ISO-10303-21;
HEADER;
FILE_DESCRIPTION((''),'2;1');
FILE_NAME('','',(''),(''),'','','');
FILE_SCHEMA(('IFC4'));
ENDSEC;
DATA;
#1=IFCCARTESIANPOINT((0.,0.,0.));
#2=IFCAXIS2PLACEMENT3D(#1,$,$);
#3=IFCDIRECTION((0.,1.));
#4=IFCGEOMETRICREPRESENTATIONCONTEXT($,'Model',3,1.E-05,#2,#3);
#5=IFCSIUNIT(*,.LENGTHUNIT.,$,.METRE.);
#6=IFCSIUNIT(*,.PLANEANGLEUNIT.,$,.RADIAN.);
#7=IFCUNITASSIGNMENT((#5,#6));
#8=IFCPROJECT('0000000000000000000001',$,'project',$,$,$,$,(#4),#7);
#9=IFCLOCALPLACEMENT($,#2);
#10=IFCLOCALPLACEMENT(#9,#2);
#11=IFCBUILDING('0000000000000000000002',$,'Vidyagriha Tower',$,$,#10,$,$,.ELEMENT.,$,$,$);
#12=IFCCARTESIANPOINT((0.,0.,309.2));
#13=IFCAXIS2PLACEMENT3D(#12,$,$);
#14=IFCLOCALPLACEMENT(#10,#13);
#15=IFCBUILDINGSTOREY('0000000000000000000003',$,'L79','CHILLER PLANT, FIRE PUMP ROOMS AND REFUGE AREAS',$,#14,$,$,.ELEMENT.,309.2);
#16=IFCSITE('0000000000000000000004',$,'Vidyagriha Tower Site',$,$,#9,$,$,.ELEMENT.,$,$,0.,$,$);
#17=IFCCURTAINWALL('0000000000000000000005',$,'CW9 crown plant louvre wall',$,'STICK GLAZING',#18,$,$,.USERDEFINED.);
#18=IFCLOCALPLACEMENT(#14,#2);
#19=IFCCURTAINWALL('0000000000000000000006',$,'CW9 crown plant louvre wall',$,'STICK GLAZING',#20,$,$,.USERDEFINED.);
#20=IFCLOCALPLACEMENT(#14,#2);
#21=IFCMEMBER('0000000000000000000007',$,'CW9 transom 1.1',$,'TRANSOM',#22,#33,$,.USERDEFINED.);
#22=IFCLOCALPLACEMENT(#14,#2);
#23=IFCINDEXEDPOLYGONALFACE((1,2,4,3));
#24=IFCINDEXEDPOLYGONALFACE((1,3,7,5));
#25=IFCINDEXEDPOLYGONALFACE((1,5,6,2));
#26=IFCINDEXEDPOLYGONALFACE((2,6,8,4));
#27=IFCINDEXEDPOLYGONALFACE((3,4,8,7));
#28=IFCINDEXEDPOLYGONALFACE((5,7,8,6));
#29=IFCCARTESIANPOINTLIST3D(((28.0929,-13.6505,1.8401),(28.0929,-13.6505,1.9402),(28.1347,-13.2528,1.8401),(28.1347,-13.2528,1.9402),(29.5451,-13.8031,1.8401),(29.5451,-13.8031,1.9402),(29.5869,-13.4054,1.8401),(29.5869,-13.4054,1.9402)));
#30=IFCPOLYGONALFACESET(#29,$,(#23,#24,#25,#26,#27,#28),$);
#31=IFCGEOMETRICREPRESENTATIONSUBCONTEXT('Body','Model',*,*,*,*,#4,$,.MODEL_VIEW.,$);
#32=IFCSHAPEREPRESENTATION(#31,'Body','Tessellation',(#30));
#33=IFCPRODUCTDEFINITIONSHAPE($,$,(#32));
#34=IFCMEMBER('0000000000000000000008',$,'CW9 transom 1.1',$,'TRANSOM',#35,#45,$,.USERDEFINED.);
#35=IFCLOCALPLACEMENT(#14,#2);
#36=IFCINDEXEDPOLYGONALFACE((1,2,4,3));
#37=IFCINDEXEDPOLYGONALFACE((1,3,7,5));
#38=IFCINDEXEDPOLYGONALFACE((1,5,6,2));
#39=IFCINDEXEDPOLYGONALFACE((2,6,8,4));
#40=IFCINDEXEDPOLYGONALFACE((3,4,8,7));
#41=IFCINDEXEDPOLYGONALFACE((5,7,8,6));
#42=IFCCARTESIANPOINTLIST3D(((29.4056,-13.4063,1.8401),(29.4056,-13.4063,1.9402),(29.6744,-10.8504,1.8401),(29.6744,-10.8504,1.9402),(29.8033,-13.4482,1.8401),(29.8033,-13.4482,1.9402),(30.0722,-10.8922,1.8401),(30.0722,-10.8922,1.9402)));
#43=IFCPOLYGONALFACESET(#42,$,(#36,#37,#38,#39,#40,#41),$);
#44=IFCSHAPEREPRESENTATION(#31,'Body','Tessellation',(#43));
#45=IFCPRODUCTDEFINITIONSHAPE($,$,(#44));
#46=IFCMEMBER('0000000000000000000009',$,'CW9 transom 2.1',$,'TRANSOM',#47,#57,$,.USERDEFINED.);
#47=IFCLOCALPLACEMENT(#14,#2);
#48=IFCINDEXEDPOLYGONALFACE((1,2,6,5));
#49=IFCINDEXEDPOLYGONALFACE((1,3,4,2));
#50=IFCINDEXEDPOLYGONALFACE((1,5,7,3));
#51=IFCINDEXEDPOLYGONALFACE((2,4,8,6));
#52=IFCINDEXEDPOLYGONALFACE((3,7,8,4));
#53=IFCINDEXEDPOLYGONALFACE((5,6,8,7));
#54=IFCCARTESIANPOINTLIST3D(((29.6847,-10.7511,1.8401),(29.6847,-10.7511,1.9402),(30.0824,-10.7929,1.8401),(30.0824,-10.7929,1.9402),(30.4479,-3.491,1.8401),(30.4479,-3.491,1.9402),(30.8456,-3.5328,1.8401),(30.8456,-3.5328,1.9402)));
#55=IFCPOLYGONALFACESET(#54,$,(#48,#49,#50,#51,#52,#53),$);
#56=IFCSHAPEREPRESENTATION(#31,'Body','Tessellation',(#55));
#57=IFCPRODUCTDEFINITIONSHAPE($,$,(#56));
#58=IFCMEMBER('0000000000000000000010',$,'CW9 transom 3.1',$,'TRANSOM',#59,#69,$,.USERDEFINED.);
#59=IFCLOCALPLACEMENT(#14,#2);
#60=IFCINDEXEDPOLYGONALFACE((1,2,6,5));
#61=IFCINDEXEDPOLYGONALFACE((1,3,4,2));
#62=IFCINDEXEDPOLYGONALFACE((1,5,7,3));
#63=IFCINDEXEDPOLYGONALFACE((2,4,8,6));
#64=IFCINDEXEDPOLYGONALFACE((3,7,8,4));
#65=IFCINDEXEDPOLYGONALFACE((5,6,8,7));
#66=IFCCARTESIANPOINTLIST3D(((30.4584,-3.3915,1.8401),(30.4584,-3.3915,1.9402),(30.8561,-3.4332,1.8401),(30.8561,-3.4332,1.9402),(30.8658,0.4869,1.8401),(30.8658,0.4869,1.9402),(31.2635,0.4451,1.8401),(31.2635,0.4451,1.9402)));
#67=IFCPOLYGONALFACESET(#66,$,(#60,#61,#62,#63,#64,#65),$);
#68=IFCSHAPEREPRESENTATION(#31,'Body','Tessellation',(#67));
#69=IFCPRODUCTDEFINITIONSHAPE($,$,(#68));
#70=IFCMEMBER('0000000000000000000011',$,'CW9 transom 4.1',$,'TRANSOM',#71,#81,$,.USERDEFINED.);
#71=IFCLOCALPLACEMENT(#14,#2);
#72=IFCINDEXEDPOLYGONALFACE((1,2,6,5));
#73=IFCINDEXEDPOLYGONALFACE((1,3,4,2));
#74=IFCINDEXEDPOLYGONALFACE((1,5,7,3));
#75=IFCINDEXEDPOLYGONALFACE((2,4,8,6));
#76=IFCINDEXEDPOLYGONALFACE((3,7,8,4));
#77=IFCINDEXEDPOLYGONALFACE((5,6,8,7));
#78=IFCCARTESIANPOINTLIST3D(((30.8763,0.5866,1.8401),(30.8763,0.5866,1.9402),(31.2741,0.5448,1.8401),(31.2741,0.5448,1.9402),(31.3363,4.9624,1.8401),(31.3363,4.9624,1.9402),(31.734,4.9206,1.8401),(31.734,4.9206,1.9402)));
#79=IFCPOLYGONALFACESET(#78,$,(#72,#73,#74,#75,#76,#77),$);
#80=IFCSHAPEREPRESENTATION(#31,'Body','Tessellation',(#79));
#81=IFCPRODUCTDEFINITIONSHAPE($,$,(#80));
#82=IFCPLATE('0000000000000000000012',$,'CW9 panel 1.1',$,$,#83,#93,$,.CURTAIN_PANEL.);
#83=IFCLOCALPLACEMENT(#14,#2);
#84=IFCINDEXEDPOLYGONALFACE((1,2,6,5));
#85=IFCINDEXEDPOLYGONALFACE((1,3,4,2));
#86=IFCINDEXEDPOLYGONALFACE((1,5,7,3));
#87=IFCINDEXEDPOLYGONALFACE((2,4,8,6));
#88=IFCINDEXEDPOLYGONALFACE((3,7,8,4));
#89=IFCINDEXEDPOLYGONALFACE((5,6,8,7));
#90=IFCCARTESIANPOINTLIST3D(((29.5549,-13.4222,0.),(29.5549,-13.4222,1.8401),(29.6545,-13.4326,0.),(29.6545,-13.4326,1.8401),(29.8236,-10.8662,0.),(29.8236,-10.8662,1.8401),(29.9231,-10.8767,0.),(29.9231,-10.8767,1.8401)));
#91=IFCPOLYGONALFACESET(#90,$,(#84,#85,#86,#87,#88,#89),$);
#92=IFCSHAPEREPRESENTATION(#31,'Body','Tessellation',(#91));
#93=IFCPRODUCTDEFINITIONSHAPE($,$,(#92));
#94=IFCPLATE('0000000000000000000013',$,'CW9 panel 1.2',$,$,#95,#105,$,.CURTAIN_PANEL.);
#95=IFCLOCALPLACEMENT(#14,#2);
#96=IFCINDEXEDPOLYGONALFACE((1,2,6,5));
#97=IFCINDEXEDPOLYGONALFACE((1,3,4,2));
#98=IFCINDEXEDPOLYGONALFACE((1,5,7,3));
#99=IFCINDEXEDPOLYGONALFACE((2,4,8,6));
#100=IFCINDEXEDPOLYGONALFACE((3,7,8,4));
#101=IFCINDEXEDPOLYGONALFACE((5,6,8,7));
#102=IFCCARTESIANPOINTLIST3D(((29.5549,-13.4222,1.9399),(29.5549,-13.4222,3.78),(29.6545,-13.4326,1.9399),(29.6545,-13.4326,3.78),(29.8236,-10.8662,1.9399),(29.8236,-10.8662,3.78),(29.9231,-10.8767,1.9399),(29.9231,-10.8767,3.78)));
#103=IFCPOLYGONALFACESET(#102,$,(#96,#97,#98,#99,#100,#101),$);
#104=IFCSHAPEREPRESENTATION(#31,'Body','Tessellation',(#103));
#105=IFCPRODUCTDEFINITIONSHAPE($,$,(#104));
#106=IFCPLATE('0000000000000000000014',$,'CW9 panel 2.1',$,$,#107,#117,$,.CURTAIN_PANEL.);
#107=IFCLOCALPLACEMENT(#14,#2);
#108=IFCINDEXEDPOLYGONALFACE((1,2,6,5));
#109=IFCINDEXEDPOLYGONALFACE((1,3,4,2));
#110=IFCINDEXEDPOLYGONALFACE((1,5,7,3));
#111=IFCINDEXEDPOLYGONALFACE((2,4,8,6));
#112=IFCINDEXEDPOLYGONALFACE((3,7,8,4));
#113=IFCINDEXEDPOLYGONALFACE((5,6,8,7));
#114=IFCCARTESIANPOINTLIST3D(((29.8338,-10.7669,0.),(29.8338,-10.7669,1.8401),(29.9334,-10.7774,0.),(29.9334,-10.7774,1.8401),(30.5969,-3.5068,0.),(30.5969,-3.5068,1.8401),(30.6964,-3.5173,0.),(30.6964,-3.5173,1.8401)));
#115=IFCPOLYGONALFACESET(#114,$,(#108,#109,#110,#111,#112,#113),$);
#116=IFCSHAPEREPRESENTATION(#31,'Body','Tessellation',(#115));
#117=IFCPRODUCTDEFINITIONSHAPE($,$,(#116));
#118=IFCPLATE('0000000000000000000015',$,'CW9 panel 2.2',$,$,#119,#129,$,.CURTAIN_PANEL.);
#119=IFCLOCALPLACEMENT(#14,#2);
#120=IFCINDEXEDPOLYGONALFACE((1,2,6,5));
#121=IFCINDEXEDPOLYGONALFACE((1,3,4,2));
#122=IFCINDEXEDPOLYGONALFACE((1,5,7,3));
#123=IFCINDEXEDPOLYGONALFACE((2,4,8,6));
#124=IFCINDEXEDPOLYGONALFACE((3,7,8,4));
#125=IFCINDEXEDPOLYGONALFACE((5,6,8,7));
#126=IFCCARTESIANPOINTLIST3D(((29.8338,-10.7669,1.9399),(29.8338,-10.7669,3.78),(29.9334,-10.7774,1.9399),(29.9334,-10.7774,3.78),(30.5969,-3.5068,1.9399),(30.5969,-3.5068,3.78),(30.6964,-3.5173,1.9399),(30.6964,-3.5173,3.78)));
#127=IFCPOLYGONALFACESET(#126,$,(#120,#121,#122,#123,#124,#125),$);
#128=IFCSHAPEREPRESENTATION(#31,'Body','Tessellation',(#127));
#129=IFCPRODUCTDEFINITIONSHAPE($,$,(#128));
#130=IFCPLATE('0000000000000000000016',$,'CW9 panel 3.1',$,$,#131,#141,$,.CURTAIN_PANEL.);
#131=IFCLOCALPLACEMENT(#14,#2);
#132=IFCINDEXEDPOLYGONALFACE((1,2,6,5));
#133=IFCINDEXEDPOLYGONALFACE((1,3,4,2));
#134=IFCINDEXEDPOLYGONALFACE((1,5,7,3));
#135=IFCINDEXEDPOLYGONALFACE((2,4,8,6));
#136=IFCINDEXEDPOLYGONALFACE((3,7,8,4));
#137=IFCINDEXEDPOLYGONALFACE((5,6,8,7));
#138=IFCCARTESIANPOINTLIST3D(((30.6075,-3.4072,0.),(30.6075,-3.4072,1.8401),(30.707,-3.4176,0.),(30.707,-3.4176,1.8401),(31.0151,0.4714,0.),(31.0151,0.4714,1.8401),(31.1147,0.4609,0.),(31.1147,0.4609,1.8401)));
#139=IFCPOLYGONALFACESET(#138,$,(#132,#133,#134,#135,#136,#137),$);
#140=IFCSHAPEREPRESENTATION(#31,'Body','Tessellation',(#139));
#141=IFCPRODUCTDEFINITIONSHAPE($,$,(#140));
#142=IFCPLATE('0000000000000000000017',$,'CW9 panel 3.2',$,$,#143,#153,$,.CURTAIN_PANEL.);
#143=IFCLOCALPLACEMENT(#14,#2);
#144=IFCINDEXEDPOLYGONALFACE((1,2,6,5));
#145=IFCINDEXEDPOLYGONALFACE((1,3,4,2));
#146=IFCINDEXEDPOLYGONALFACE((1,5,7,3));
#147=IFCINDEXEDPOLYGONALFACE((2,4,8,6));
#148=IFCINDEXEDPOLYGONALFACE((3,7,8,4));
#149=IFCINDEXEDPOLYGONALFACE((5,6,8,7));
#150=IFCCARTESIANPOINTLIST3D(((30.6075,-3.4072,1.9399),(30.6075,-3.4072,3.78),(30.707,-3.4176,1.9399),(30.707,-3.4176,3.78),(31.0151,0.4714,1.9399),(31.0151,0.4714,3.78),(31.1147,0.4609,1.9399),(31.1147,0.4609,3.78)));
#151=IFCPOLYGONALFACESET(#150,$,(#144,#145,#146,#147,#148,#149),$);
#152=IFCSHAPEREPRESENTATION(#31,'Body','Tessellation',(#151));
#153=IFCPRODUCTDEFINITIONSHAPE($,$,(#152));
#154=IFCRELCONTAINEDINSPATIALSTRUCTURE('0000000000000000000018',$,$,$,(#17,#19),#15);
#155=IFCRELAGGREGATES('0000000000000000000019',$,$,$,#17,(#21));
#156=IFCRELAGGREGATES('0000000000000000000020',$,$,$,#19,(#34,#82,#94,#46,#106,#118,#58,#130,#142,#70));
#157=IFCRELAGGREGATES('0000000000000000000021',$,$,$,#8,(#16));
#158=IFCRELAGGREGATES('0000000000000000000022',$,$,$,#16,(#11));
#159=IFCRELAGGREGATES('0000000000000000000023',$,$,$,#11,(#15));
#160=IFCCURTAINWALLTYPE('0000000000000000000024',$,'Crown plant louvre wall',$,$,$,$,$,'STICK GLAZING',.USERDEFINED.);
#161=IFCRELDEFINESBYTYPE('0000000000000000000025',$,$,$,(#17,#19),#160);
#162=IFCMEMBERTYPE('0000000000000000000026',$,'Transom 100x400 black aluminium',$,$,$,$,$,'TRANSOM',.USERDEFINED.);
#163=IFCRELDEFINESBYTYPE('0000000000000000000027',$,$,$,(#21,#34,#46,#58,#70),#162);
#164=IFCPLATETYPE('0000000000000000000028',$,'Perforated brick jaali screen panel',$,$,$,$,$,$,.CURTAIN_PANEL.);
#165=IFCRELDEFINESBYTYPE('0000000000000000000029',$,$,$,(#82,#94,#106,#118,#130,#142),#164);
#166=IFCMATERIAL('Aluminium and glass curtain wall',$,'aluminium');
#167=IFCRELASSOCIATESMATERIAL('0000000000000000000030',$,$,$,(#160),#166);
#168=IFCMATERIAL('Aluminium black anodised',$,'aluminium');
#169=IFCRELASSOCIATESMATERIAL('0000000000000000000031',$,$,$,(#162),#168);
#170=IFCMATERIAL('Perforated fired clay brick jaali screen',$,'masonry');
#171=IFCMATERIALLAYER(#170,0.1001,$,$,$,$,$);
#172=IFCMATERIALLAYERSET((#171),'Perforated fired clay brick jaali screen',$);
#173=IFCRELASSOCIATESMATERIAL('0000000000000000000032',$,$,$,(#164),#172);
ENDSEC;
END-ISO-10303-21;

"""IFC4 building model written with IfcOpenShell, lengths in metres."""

from ifc_helpers import new_model, si_unit, direction, frame, origin, origin_2d, place, context, subcontext, project, spatial, rectangle, extrude, material, layer, layer_set, material_profile, profile_set, type_object, element, aggregate, save


model = new_model("IFC4")

# Units and contexts
model_context = context("Model", 3, precision=1e-05, world=origin(), true_north=direction((0.0, 1.0)))
body_context = subcontext(model_context, "Body", "Model", "MODEL_VIEW")
ifc_project = project(units=[si_unit("LENGTHUNIT", "METRE"), si_unit("PLANEANGLEUNIT", "RADIAN")], contexts=[model_context])

# Site, building, storey
site_placement = place(None, origin())
site = spatial("IfcSite", under=ifc_project, at=site_placement, Name="Vidyagriha Tower Site", CompositionType="ELEMENT", RefElevation=0.0)
building_placement = place(site_placement, origin())
building = spatial("IfcBuilding", under=site, at=building_placement, Name="Vidyagriha Tower", CompositionType="ELEMENT")
storey_placement = place(building_placement, frame((0.0, 0.0, 309.2)))
storey = spatial("IfcBuildingStorey", under=building, at=storey_placement, Name="L79", Description="CHILLER PLANT, FIRE PUMP ROOMS AND REFUGE AREAS", CompositionType="ELEMENT", Elevation=309.2)

# Curtain wall
ifc_material_1 = material(Name="Aluminium and glass curtain wall", Category="aluminium")
curtain_wall_type = type_object("IfcCurtainWallType", Name="Crown plant louvre wall", ElementType="STICK GLAZING", PredefinedType="USERDEFINED", material=ifc_material_1)
curtain_wall_1_placement = place(storey_placement, origin())
curtain_wall_1 = element("IfcCurtainWall", 1, at=curtain_wall_1_placement, inside=storey, type_object=curtain_wall_type, Name="CW9 crown plant louvre wall", ObjectType="STICK GLAZING", PredefinedType="USERDEFINED")

# Curtain wall
curtain_wall_2_placement = place(storey_placement, origin())
curtain_wall_2 = element("IfcCurtainWall", 2, at=curtain_wall_2_placement, inside=storey, type_object=curtain_wall_type, Name="CW9 crown plant louvre wall", ObjectType="STICK GLAZING", PredefinedType="USERDEFINED")

# Members
ifc_material_2 = material(Name="Aluminium black anodised", Category="aluminium")
ifc_material_profile_1 = material_profile(ifc_material_2, rectangle(XDim=0.3999, YDim=0.1001, at=origin_2d()), Name="Transom 100x400 black aluminium")
ifc_profile_set_1 = profile_set([ifc_material_profile_1], Name="Aluminium black anodised")
member_type_1 = type_object("IfcMemberType", Name="Transom 100x400 black aluminium", ElementType="TRANSOM", PredefinedType="USERDEFINED", material=ifc_profile_set_1)
member_1_placement = place(storey_placement, frame((28.1138, -13.4517, 1.8901), z_axis=(0.994525, -0.104502, 0.0), x_axis=(0.104502, 0.994525, 0.0)))
member_1 = element("IfcMember", 3, at=member_1_placement, type_object=member_type_1, Name="CW9 transom 1.1", ObjectType="TRANSOM", PredefinedType="USERDEFINED", context=body_context, shape_type="SweptSolid", body=[
    extrude(rectangle(XDim=0.3999, YDim=0.1001, at=origin_2d()), origin(), (0.0, 0.0, 1.0), 1.4602),
])
aggregate(curtain_wall_1, [member_1])
member_2_placement = place(storey_placement, frame((29.6045, -13.4272, 1.8901), z_axis=(0.104591, 0.994515, 0.0), x_axis=(-0.994515, 0.104591, 0.0)))
member_2 = element("IfcMember", 4, at=member_2_placement, type_object=member_type_1, Name="CW9 transom 1.1", ObjectType="TRANSOM", PredefinedType="USERDEFINED", context=body_context, shape_type="SweptSolid", body=[
    extrude(rectangle(XDim=0.3999, YDim=0.1001, at=origin_2d()), origin(), (0.0, 0.0, 1.0), 2.5701),
])
member_3_placement = place(storey_placement, frame((29.8835, -10.772, 1.8901), z_axis=(0.104546, 0.99452, 0.0), x_axis=(-0.99452, 0.104546, 0.0)))
member_3 = element("IfcMember", 5, at=member_3_placement, type_object=member_type_1, Name="CW9 transom 2.1", ObjectType="TRANSOM", PredefinedType="USERDEFINED", context=body_context, shape_type="SweptSolid", body=[
    extrude(rectangle(XDim=0.3999, YDim=0.1001, at=origin_2d()), origin(), (0.0, 0.0, 1.0), 7.3),
])
member_4_placement = place(storey_placement, frame((30.6572, -3.4124, 1.8901), z_axis=(0.104486, 0.994526, 0.0), x_axis=(-0.994526, 0.104486, 0.0)))
member_4 = element("IfcMember", 6, at=member_4_placement, type_object=member_type_1, Name="CW9 transom 3.1", ObjectType="TRANSOM", PredefinedType="USERDEFINED", context=body_context, shape_type="SweptSolid", body=[
    extrude(rectangle(XDim=0.3999, YDim=0.1001, at=origin_2d()), origin(), (0.0, 0.0, 1.0), 3.8997),
])
member_5_placement = place(storey_placement, frame((31.0752, 0.5657, 1.8901), z_axis=(0.10454, 0.994521, 0.0), x_axis=(-0.994521, 0.10454, 0.0)))
member_5 = element("IfcMember", 7, at=member_5_placement, type_object=member_type_1, Name="CW9 transom 4.1", ObjectType="TRANSOM", PredefinedType="USERDEFINED", context=body_context, shape_type="SweptSolid", body=[
    extrude(rectangle(XDim=0.3999, YDim=0.1001, at=origin_2d()), origin(), (0.0, 0.0, 1.0), 4.3999),
])

# Plates
ifc_material_3 = material(Name="Perforated fired clay brick jaali screen", Category="masonry")
ifc_layer = layer(ifc_material_3, 0.1001)
ifc_layer_set = layer_set([ifc_layer], Name="Perforated fired clay brick jaali screen")
plate_type = type_object("IfcPlateType", Name="Perforated brick jaali screen panel", PredefinedType="CURTAIN_PANEL", material=ifc_layer_set)
plate_1_placement = place(storey_placement, frame((29.739, -12.1494, 0.0), z_axis=(0.0, 0.0, 1.0), x_axis=(0.104527, 0.994522, 0.0)))
plate_1 = element("IfcPlate", 8, at=plate_1_placement, type_object=plate_type, Name="CW9 panel 1.1", PredefinedType="CURTAIN_PANEL", context=body_context, shape_type="SweptSolid", body=[
    extrude(rectangle(XDim=2.5701, YDim=0.1001, at=origin_2d()), origin(), (0.0, 0.0, 1.0), 1.8401),
])
plate_2_placement = place(storey_placement, frame((29.739, -12.1494, 1.9399), z_axis=(0.0, 0.0, 1.0), x_axis=(0.104527, 0.994522, 0.0)))
plate_2 = element("IfcPlate", 9, at=plate_2_placement, type_object=plate_type, Name="CW9 panel 1.2", PredefinedType="CURTAIN_PANEL", context=body_context, shape_type="SweptSolid", body=[
    extrude(rectangle(XDim=2.5701, YDim=0.1001, at=origin_2d()), origin(), (0.0, 0.0, 1.0), 1.8401),
])
plate_3_placement = place(storey_placement, frame((30.2651, -7.1421, 0.0), z_axis=(0.0, 0.0, 1.0), x_axis=(0.104527, 0.994522, 0.0)))
plate_3 = element("IfcPlate", 10, at=plate_3_placement, type_object=plate_type, Name="CW9 panel 2.1", PredefinedType="CURTAIN_PANEL", context=body_context, shape_type="SweptSolid", body=[
    extrude(rectangle(XDim=7.3, YDim=0.1001, at=origin_2d()), origin(), (0.0, 0.0, 1.0), 1.8401),
])
plate_4_placement = place(storey_placement, frame((30.2651, -7.1421, 1.9399), z_axis=(0.0, 0.0, 1.0), x_axis=(0.104527, 0.994522, 0.0)))
plate_4 = element("IfcPlate", 11, at=plate_4_placement, type_object=plate_type, Name="CW9 panel 2.2", PredefinedType="CURTAIN_PANEL", context=body_context, shape_type="SweptSolid", body=[
    extrude(rectangle(XDim=7.3, YDim=0.1001, at=origin_2d()), origin(), (0.0, 0.0, 1.0), 1.8401),
])
plate_5_placement = place(storey_placement, frame((30.8611, -1.4731, 0.0), z_axis=(0.0, 0.0, 1.0), x_axis=(0.104527, 0.994522, 0.0)))
plate_5 = element("IfcPlate", 12, at=plate_5_placement, type_object=plate_type, Name="CW9 panel 3.1", PredefinedType="CURTAIN_PANEL", context=body_context, shape_type="SweptSolid", body=[
    extrude(rectangle(XDim=3.8999, YDim=0.1001, at=origin_2d()), origin(), (0.0, 0.0, 1.0), 1.8401),
])
plate_6_placement = place(storey_placement, frame((30.8611, -1.4731, 1.9399), z_axis=(0.0, 0.0, 1.0), x_axis=(0.104527, 0.994522, 0.0)))
plate_6 = element("IfcPlate", 13, at=plate_6_placement, type_object=plate_type, Name="CW9 panel 3.2", PredefinedType="CURTAIN_PANEL", context=body_context, shape_type="SweptSolid", body=[
    extrude(rectangle(XDim=3.8999, YDim=0.1001, at=origin_2d()), origin(), (0.0, 0.0, 1.0), 1.8401),
])
aggregate(curtain_wall_2, [member_2, plate_1, plate_2, member_3, plate_3, plate_4, member_4, plate_5, plate_6, member_5])

save(model, "model.ifc")
